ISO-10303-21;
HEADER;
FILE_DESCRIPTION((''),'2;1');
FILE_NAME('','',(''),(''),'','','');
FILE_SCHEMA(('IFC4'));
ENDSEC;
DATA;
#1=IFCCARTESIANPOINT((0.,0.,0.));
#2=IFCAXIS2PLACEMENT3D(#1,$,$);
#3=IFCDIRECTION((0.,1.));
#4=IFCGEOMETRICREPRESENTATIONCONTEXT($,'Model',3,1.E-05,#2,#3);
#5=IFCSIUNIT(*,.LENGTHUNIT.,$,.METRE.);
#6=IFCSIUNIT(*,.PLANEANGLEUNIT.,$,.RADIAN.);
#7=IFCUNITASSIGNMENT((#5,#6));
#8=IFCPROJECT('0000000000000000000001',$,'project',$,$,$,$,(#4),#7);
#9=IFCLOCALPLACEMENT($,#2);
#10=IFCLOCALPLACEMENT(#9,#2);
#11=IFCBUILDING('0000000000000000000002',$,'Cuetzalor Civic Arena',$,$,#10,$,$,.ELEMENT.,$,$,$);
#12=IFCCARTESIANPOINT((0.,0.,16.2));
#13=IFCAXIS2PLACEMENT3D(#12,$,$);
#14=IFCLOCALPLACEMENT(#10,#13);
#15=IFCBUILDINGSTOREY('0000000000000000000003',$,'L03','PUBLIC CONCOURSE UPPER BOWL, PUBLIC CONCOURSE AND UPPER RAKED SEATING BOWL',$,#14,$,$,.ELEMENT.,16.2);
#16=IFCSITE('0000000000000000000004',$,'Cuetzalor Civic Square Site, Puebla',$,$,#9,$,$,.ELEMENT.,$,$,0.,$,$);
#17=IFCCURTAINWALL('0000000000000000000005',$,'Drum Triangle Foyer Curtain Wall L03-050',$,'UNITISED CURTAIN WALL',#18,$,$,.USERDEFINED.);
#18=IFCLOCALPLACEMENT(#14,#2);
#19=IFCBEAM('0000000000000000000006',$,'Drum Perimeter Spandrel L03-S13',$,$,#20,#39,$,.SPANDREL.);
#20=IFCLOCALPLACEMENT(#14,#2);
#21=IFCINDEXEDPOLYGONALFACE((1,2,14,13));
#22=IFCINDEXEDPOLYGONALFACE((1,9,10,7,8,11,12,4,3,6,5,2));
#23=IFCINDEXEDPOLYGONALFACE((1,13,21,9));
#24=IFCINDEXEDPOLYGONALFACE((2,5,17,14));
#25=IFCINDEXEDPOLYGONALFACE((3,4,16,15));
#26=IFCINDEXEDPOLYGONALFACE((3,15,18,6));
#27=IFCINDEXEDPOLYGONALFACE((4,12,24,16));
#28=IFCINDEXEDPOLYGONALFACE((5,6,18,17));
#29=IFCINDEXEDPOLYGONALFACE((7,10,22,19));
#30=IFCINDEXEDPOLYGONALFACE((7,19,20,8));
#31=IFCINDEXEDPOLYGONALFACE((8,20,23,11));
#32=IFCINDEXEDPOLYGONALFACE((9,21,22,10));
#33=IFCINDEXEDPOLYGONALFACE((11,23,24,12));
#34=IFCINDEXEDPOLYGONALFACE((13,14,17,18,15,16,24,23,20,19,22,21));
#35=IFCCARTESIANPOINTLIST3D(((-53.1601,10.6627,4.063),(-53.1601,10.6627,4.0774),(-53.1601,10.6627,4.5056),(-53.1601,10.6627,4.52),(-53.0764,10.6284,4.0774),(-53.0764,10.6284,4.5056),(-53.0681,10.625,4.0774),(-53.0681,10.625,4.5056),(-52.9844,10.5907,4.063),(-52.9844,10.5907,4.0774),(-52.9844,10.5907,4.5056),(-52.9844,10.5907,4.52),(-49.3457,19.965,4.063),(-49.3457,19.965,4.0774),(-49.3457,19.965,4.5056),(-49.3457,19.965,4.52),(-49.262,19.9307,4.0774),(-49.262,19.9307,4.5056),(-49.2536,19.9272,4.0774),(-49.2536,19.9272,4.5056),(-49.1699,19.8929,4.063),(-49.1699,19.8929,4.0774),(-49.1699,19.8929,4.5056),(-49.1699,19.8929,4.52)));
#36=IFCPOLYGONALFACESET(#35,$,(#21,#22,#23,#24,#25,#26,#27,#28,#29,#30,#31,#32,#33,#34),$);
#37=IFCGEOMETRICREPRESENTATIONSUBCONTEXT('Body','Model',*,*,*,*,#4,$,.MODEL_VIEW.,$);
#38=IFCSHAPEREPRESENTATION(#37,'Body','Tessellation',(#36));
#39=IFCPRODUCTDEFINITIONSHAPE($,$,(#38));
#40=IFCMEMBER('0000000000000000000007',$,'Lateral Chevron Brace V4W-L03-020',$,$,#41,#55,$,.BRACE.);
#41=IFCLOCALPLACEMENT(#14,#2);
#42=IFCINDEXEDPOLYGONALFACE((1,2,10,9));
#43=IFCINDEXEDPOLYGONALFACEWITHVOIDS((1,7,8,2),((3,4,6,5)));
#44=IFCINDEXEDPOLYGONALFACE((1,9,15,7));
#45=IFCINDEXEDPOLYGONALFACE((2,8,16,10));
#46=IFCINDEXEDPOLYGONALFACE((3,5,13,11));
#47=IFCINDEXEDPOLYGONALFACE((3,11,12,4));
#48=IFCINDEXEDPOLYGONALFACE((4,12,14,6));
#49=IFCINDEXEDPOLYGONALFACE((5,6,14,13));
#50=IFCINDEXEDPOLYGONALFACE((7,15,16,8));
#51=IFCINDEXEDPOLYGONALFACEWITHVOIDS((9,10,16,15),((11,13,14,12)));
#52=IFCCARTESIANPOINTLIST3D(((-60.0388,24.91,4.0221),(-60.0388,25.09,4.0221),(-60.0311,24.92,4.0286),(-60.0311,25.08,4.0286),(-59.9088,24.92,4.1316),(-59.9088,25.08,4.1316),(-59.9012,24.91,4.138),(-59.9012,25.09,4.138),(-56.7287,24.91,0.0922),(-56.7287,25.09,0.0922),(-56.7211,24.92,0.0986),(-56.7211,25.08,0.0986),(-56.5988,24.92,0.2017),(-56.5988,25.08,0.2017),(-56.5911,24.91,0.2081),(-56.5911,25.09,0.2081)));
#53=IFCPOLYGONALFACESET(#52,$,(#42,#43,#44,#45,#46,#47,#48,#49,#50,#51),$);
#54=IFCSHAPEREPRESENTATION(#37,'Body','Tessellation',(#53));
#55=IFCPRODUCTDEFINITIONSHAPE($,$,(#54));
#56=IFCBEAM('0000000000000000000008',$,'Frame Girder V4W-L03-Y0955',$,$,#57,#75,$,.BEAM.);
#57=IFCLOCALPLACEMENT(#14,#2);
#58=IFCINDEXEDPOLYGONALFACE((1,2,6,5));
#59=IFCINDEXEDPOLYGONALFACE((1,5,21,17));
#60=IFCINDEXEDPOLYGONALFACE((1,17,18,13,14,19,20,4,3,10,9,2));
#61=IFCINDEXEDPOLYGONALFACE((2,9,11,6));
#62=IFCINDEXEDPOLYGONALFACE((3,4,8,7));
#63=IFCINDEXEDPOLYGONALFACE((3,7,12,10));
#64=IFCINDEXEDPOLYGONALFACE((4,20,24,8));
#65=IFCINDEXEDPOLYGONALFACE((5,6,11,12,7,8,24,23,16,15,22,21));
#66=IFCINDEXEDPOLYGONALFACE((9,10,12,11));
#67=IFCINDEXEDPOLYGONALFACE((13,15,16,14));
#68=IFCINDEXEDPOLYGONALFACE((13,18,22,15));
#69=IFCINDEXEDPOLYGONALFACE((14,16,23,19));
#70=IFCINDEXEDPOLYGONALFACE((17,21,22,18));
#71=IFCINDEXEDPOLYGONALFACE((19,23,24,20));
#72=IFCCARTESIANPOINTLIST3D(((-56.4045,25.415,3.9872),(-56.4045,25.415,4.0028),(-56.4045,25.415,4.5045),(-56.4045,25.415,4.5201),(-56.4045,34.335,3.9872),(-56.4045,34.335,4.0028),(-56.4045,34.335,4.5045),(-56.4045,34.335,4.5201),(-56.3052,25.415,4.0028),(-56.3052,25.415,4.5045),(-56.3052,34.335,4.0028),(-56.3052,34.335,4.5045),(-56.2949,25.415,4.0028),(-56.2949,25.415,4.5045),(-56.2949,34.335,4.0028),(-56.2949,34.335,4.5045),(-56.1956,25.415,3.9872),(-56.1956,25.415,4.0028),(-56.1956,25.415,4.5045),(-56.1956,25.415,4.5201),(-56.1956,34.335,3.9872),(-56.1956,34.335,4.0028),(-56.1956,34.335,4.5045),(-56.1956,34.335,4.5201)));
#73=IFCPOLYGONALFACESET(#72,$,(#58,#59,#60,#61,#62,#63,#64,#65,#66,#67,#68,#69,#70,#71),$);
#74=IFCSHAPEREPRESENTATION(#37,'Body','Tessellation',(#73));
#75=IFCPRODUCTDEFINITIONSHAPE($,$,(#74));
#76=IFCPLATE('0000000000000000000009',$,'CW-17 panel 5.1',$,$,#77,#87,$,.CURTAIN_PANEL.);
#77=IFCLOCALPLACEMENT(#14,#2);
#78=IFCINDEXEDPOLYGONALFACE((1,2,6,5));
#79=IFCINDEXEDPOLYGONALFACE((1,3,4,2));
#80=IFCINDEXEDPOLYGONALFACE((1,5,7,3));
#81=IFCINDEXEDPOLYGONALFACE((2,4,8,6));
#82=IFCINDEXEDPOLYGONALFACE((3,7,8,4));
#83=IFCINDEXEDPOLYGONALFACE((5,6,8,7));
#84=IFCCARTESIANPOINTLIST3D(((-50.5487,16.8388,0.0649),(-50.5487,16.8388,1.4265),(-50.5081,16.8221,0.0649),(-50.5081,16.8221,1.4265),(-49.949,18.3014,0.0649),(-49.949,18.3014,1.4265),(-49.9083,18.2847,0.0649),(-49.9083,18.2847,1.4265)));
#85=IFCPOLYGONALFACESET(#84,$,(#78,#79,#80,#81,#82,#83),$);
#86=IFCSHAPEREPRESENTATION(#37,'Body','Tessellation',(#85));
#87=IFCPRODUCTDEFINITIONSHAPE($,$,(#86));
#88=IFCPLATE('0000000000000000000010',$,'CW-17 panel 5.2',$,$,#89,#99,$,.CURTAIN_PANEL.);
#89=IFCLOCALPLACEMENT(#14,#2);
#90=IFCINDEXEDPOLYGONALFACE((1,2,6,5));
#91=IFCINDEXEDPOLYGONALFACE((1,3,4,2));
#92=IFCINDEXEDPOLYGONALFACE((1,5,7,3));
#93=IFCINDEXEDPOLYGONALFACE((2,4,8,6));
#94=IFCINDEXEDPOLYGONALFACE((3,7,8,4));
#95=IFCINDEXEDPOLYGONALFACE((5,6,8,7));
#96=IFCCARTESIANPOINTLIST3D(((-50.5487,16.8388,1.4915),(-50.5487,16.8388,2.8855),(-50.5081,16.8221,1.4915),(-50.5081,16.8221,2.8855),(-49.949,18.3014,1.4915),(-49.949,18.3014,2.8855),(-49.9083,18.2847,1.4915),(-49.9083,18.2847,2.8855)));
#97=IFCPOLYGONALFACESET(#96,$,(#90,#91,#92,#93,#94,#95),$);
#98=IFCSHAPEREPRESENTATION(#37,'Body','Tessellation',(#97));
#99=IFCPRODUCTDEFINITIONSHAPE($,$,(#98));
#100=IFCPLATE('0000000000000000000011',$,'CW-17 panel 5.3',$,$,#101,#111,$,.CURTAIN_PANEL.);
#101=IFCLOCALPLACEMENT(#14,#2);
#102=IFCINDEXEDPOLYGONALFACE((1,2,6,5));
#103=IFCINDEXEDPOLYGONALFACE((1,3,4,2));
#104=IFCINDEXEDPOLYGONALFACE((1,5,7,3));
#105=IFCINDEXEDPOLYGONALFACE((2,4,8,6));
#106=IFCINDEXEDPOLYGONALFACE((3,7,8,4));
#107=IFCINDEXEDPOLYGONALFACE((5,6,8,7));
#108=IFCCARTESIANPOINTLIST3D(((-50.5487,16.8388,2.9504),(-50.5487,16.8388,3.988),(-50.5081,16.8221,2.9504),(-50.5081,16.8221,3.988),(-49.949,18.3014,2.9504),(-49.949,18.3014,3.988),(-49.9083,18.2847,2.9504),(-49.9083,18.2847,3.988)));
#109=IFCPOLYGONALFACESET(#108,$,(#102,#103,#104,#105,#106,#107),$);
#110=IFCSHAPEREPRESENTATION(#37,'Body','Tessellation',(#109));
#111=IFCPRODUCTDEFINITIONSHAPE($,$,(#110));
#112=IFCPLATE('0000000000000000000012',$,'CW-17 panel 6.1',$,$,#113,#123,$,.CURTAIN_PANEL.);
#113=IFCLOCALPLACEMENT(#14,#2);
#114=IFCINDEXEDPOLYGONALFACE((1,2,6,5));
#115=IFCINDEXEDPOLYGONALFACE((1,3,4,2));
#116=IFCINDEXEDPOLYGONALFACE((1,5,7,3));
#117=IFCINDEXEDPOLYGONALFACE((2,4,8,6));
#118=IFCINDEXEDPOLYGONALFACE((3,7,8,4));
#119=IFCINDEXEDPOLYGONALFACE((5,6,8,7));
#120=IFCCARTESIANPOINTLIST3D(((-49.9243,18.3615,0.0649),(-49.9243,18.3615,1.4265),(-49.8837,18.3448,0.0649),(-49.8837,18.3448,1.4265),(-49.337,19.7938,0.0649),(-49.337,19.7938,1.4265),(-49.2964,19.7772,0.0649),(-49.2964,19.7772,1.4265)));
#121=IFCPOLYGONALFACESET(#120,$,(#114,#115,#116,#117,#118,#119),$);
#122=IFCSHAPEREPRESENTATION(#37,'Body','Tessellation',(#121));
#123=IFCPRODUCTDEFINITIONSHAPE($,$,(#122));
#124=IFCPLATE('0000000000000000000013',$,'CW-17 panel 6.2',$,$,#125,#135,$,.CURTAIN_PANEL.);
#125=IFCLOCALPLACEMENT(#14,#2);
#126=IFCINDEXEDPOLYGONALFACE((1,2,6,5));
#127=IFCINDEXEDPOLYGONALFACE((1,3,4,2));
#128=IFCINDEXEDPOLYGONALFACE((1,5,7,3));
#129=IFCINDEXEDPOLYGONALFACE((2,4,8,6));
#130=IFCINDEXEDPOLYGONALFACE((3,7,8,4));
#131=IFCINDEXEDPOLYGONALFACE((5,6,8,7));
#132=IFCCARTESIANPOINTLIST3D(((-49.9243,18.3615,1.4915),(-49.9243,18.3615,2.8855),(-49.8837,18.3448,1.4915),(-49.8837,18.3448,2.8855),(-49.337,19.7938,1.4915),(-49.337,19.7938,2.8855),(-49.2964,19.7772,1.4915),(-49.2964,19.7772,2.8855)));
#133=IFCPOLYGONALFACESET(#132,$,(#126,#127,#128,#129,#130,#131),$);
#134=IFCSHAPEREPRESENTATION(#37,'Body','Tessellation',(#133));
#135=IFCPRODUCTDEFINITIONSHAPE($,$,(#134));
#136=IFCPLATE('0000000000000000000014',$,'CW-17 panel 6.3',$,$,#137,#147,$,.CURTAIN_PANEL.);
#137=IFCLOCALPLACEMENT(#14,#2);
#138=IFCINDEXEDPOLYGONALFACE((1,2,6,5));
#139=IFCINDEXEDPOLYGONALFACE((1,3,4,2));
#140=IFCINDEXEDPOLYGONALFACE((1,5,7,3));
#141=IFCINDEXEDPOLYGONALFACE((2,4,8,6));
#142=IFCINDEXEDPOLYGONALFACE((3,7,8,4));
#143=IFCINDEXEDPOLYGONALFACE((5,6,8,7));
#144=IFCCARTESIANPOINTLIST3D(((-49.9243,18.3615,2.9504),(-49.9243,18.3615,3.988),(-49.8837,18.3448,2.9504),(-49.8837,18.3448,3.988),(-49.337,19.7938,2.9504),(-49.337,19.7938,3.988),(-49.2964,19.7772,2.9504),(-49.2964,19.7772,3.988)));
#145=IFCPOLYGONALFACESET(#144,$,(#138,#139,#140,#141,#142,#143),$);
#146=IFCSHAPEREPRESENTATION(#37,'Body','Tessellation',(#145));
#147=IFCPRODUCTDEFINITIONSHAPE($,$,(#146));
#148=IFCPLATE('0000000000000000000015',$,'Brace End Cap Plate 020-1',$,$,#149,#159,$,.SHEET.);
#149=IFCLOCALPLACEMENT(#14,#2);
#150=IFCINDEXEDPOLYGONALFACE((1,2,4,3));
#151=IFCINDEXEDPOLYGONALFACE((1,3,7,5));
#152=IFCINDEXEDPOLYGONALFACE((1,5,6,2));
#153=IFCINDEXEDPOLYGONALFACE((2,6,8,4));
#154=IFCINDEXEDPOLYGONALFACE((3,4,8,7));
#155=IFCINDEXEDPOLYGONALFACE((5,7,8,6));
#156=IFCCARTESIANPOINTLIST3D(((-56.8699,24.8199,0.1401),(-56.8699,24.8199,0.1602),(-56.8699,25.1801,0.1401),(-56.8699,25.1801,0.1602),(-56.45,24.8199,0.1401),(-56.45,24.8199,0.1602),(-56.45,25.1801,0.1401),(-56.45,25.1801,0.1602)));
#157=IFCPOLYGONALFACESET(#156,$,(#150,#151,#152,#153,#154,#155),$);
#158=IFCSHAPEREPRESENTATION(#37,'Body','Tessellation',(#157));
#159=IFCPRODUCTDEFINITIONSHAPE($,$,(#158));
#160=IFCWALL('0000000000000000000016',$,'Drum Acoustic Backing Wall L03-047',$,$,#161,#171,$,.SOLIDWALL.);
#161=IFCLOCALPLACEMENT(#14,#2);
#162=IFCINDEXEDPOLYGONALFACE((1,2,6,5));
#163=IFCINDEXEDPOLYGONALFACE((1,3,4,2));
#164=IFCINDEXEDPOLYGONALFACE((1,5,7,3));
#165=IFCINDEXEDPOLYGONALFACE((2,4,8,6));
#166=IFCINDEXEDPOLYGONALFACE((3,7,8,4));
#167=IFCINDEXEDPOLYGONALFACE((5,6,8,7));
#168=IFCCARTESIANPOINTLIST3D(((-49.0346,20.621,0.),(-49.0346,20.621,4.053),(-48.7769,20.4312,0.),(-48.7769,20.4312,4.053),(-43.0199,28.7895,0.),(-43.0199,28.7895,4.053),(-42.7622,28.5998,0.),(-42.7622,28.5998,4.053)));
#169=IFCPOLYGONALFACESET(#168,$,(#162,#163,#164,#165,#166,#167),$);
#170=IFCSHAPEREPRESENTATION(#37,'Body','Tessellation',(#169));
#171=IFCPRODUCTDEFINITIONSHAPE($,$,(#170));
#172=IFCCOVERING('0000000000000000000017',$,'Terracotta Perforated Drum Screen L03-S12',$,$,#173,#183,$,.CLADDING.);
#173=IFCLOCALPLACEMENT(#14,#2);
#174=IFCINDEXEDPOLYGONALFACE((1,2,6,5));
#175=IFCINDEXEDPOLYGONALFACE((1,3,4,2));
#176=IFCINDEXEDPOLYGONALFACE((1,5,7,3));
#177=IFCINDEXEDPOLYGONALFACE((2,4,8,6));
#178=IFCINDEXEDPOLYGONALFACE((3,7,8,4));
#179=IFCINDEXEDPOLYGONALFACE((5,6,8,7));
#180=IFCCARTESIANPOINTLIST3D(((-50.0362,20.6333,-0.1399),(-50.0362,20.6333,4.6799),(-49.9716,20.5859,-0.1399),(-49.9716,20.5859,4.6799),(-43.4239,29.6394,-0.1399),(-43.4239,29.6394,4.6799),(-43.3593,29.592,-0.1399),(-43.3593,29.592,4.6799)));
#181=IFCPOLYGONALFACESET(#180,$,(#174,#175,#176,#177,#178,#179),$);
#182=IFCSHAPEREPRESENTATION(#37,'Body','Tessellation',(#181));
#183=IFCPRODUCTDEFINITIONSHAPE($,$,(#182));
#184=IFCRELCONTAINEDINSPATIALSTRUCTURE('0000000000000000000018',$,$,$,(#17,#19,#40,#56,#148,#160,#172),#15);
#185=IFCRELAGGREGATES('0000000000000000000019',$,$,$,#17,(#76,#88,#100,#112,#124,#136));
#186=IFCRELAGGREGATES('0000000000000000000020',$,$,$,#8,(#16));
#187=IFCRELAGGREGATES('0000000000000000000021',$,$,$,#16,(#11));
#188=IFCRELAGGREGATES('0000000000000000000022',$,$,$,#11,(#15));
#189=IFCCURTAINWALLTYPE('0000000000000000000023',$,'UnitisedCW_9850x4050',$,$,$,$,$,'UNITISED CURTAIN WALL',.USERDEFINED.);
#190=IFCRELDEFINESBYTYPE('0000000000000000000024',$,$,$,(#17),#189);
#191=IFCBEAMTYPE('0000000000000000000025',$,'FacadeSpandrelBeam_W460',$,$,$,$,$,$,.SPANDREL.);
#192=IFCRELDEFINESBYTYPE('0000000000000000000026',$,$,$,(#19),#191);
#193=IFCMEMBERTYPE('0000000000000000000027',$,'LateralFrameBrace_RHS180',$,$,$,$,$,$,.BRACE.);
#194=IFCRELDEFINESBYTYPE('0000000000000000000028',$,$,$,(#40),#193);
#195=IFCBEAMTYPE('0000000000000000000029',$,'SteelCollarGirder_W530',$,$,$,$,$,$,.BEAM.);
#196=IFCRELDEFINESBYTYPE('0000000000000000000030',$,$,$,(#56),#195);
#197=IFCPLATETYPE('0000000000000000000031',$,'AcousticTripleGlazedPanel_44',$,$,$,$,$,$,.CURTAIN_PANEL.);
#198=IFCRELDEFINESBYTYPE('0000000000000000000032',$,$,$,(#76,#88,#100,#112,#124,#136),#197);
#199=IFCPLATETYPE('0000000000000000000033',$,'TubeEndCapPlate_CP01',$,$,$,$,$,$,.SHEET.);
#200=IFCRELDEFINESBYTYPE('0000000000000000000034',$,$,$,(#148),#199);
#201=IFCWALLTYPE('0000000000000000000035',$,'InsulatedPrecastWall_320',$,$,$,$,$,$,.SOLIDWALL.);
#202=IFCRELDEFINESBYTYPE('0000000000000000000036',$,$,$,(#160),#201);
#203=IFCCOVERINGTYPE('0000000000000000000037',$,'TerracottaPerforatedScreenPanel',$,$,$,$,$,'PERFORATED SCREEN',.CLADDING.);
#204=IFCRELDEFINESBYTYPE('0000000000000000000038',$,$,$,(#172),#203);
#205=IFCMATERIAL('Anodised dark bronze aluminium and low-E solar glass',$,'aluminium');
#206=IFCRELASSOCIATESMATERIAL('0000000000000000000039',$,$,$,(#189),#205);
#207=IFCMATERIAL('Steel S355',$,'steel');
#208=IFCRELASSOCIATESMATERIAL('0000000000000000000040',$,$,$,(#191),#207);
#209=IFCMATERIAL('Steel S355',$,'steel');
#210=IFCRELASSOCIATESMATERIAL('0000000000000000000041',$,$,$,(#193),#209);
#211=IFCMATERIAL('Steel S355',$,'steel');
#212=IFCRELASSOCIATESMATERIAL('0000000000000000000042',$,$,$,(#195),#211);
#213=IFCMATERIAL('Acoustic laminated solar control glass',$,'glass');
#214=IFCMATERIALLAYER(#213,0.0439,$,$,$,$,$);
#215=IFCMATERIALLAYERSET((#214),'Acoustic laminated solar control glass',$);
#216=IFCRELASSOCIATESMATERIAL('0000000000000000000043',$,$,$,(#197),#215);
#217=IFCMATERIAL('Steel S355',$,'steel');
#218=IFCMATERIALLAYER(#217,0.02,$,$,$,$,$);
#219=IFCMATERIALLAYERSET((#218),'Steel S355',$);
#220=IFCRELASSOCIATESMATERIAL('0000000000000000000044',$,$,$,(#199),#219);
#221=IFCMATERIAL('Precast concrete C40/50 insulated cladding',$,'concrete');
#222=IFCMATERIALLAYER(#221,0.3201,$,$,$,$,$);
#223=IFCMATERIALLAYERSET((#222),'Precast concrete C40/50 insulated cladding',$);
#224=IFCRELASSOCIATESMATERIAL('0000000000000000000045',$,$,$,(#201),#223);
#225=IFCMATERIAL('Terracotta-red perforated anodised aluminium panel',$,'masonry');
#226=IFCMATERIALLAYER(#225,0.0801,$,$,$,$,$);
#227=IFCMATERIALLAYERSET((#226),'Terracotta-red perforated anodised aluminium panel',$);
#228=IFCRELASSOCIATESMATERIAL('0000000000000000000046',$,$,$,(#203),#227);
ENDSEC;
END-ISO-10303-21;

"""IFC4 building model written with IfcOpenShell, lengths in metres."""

from ifc_helpers import new_model, si_unit, direction, frame, frame_2d, origin, origin_2d, place, context, subcontext, project, spatial, rectangle, hollow_rectangle, i_section, extrude, material, layer, layer_set, material_profile, profile_set, type_object, element, aggregate, save


model = new_model("IFC4")

# Units and contexts
model_context = context("Model", 3, precision=1e-05, world=origin(), true_north=direction((0.0, 1.0)))
body_context = subcontext(model_context, "Body", "Model", "MODEL_VIEW")
ifc_project = project(units=[si_unit("LENGTHUNIT", "METRE"), si_unit("PLANEANGLEUNIT", "RADIAN")], contexts=[model_context])

# Site, building, storey
site_placement = place(None, origin())
site = spatial("IfcSite", under=ifc_project, at=site_placement, Name="Cuetzalor Civic Square Site, Puebla", CompositionType="ELEMENT", RefElevation=0.0)
building_placement = place(site_placement, origin())
building = spatial("IfcBuilding", under=site, at=building_placement, Name="Cuetzalor Civic Arena", CompositionType="ELEMENT")
storey_placement = place(building_placement, frame((0.0, 0.0, 16.2)))
storey = spatial("IfcBuildingStorey", under=building, at=storey_placement, Name="L03", Description="PUBLIC CONCOURSE UPPER BOWL, PUBLIC CONCOURSE AND UPPER RAKED SEATING BOWL", CompositionType="ELEMENT", Elevation=16.2)

# Curtain wall
ifc_material_1 = material(Name="Anodised dark bronze aluminium and low-E solar glass", Category="aluminium")
curtain_wall_type = type_object("IfcCurtainWallType", Name="UnitisedCW_9850x4050", ElementType="UNITISED CURTAIN WALL", PredefinedType="USERDEFINED", material=ifc_material_1)
curtain_wall_placement = place(storey_placement, origin())
curtain_wall = element("IfcCurtainWall", 1, at=curtain_wall_placement, inside=storey, type_object=curtain_wall_type, Name="Drum Triangle Foyer Curtain Wall L03-050", ObjectType="UNITISED CURTAIN WALL", PredefinedType="USERDEFINED")

# Beam
ifc_material_2 = material(Name="Steel S355", Category="steel")
ifc_material_profile_1 = material_profile(ifc_material_2, i_section(OverallWidth=0.1899, OverallDepth=0.457, WebThickness=0.009, FlangeThickness=0.0144, at=origin_2d()), Name="W460x74")
ifc_profile_set_1 = profile_set([ifc_material_profile_1], Name="Steel S355")
beam_type_1 = type_object("IfcBeamType", Name="FacadeSpandrelBeam_W460", PredefinedType="SPANDREL", material=ifc_profile_set_1)
beam_1_placement = place(storey_placement, frame((-49.2578, 19.929, 4.2915), z_axis=(-0.379399, -0.925233, 0.0), x_axis=(0.925233, -0.379399, 0.0)))
element("IfcBeam", 2, at=beam_1_placement, inside=storey, type_object=beam_type_1, Name="Drum Perimeter Spandrel L03-S13", PredefinedType="SPANDREL", context=body_context, shape_type="SweptSolid", body=[
    extrude(i_section(OverallWidth=0.1899, OverallDepth=0.457, WebThickness=0.009, FlangeThickness=0.0144, at=origin_2d()), origin(), (0.0, 0.0, 1.0), 10.054),
])

# Member
ifc_material_3 = material(Name="Steel S355", Category="steel")
ifc_material_profile_2 = material_profile(ifc_material_3, hollow_rectangle(XDim=0.1799, YDim=0.1799, WallThickness=0.01, at=origin_2d()), Name="RHS 180x180x10")
ifc_profile_set_2 = profile_set([ifc_material_profile_2], Name="Steel S355")
member_type_1 = type_object("IfcMemberType", Name="LateralFrameBrace_RHS180", PredefinedType="BRACE", material=ifc_profile_set_2)
member_1_placement = place(storey_placement, frame((-56.6599, 25.0, 0.1501), z_axis=(-0.644209, 0.0, 0.76485), x_axis=(0.0, -1.0, 0.0)))
element("IfcMember", 3, at=member_1_placement, inside=storey, type_object=member_type_1, Name="Lateral Chevron Brace V4W-L03-020", PredefinedType="BRACE", context=body_context, shape_type="SweptSolid", body=[
    extrude(hollow_rectangle(XDim=0.1799, YDim=0.1799, WallThickness=0.01, at=origin_2d()), origin(), (0.0, 0.0, 1.0), 5.1382),
])

# Beam
ifc_material_4 = material(Name="Steel S355", Category="steel")
ifc_material_profile_3 = material_profile(ifc_material_4, i_section(OverallWidth=0.209, OverallDepth=0.533, WebThickness=0.0103, FlangeThickness=0.0156, at=origin_2d()), Name="W530x92")
ifc_profile_set_3 = profile_set([ifc_material_profile_3], Name="Steel S355")
beam_type_2 = type_object("IfcBeamType", Name="SteelCollarGirder_W530", PredefinedType="BEAM", material=ifc_profile_set_3)
beam_2_placement = place(storey_placement, frame((-56.3, 25.415, 4.2537), z_axis=(0.0, 1.0, 0.0), x_axis=(-1.0, 0.0, 0.0)))
element("IfcBeam", 4, at=beam_2_placement, inside=storey, type_object=beam_type_2, Name="Frame Girder V4W-L03-Y0955", PredefinedType="BEAM", context=body_context, shape_type="SweptSolid", body=[
    extrude(i_section(OverallWidth=0.209, OverallDepth=0.533, WebThickness=0.0103, FlangeThickness=0.0156, at=origin_2d()), origin(), (0.0, 0.0, 1.0), 8.9199),
])

# Plates
ifc_material_5 = material(Name="Acoustic laminated solar control glass", Category="glass")
ifc_layer_1 = layer(ifc_material_5, 0.0439)
ifc_layer_set_1 = layer_set([ifc_layer_1], Name="Acoustic laminated solar control glass")
plate_type_1 = type_object("IfcPlateType", Name="AcousticTripleGlazedPanel_44", PredefinedType="CURTAIN_PANEL", material=ifc_layer_set_1)
plate_1_placement = place(storey_placement, frame((-50.2285, 17.5618, 0.0649), z_axis=(0.0, 0.0, 1.0), x_axis=(0.379391, 0.925236, 0.0)))
plate_1 = element("IfcPlate", 5, at=plate_1_placement, type_object=plate_type_1, Name="CW-17 panel 5.1", PredefinedType="CURTAIN_PANEL", context=body_context, shape_type="SweptSolid", body=[
    extrude(rectangle(XDim=1.5808, YDim=0.0439, at=origin_2d()), origin(), (0.0, 0.0, 1.0), 1.3616),
])
plate_2_placement = place(storey_placement, frame((-50.2285, 17.5618, 1.4915), z_axis=(0.0, 0.0, 1.0), x_axis=(0.379391, 0.925236, 0.0)))
plate_2 = element("IfcPlate", 6, at=plate_2_placement, type_object=plate_type_1, Name="CW-17 panel 5.2", PredefinedType="CURTAIN_PANEL", context=body_context, shape_type="SweptSolid", body=[
    extrude(rectangle(XDim=1.5808, YDim=0.0439, at=origin_2d()), origin(), (0.0, 0.0, 1.0), 1.394),
])
plate_3_placement = place(storey_placement, frame((-50.2285, 17.5618, 2.9504), z_axis=(0.0, 0.0, 1.0), x_axis=(0.379391, 0.925236, 0.0)))
plate_3 = element("IfcPlate", 7, at=plate_3_placement, type_object=plate_type_1, Name="CW-17 panel 5.3", PredefinedType="CURTAIN_PANEL", context=body_context, shape_type="SweptSolid", body=[
    extrude(rectangle(XDim=1.5808, YDim=0.0439, at=origin_2d()), origin(), (0.0, 0.0, 1.0), 1.0376),
])
plate_4_placement = place(storey_placement, frame((-49.6104, 19.0693, 0.0649), z_axis=(0.0, 0.0, 1.0), x_axis=(0.379391, 0.925236, 0.0)))
plate_4 = element("IfcPlate", 8, at=plate_4_placement, type_object=plate_type_1, Name="CW-17 panel 6.1", PredefinedType="CURTAIN_PANEL", context=body_context, shape_type="SweptSolid", body=[
    extrude(rectangle(XDim=1.5481, YDim=0.0439, at=origin_2d()), origin(), (0.0, 0.0, 1.0), 1.3616),
])
plate_5_placement = place(storey_placement, frame((-49.6104, 19.0693, 1.4915), z_axis=(0.0, 0.0, 1.0), x_axis=(0.379391, 0.925236, 0.0)))
plate_5 = element("IfcPlate", 9, at=plate_5_placement, type_object=plate_type_1, Name="CW-17 panel 6.2", PredefinedType="CURTAIN_PANEL", context=body_context, shape_type="SweptSolid", body=[
    extrude(rectangle(XDim=1.5481, YDim=0.0439, at=origin_2d()), origin(), (0.0, 0.0, 1.0), 1.394),
])
plate_6_placement = place(storey_placement, frame((-49.6104, 19.0693, 2.9504), z_axis=(0.0, 0.0, 1.0), x_axis=(0.379391, 0.925236, 0.0)))
plate_6 = element("IfcPlate", 10, at=plate_6_placement, type_object=plate_type_1, Name="CW-17 panel 6.3", PredefinedType="CURTAIN_PANEL", context=body_context, shape_type="SweptSolid", body=[
    extrude(rectangle(XDim=1.5481, YDim=0.0439, at=origin_2d()), origin(), (0.0, 0.0, 1.0), 1.0376),
])
aggregate(curtain_wall, [plate_1, plate_2, plate_3, plate_4, plate_5, plate_6])
ifc_material_6 = material(Name="Steel S355", Category="steel")
ifc_layer_2 = layer(ifc_material_6, 0.02)
ifc_layer_set_2 = layer_set([ifc_layer_2], Name="Steel S355")
plate_type_2 = type_object("IfcPlateType", Name="TubeEndCapPlate_CP01", PredefinedType="SHEET", material=ifc_layer_set_2)
plate_7_placement = place(storey_placement, frame((-56.6599, 25.0, 0.1401), z_axis=(0.0, 0.0, 1.0), x_axis=(1.0, 0.0, 0.0)))
element("IfcPlate", 11, at=plate_7_placement, inside=storey, type_object=plate_type_2, Name="Brace End Cap Plate 020-1", PredefinedType="SHEET", context=body_context, shape_type="SweptSolid", body=[
    extrude(rectangle(XDim=0.4199, YDim=0.3601, at=origin_2d()), origin(), (0.0, 0.0, 1.0), 0.02),
])

# Wall
ifc_material_7 = material(Name="Precast concrete C40/50 insulated cladding", Category="concrete")
ifc_layer_3 = layer(ifc_material_7, 0.3201)
ifc_layer_set_3 = layer_set([ifc_layer_3], Name="Precast concrete C40/50 insulated cladding")
wall_type = type_object("IfcWallType", Name="InsulatedPrecastWall_320", PredefinedType="SOLIDWALL", material=ifc_layer_set_3)
wall_placement = place(storey_placement, frame((-48.9058, 20.5261, 0.0), z_axis=(0.0, 0.0, 1.0), x_axis=(0.59293, 0.805254, 0.0)))
element("IfcWall", 12, at=wall_placement, inside=storey, type_object=wall_type, Name="Drum Acoustic Backing Wall L03-047", PredefinedType="SOLIDWALL", context=body_context, shape_type="SweptSolid", body=[
    extrude(rectangle(XDim=10.144, YDim=0.3201, at=frame_2d((5.072, 0.0))), origin(), (0.0, 0.0, 1.0), 4.053),
])

# Covering
ifc_material_8 = material(Name="Terracotta-red perforated anodised aluminium panel", Category="masonry")
ifc_layer_4 = layer(ifc_material_8, 0.0801)
ifc_layer_set_4 = layer_set([ifc_layer_4], Name="Terracotta-red perforated anodised aluminium panel")
covering_type = type_object("IfcCoveringType", Name="TerracottaPerforatedScreenPanel", ElementType="PERFORATED SCREEN", PredefinedType="CLADDING", material=ifc_layer_set_4)
covering_placement = place(storey_placement, frame((-50.0039, 20.6096, -0.1399), z_axis=(0.0, 0.0, 1.0), x_axis=(0.591819, 0.806071, 0.0)))
element("IfcCovering", 13, at=covering_placement, inside=storey, type_object=covering_type, Name="Terracotta Perforated Drum Screen L03-S12", PredefinedType="CLADDING", context=body_context, shape_type="SweptSolid", body=[
    extrude(rectangle(XDim=11.1729, YDim=0.0801, at=frame_2d((5.5864, 0.0))), origin(), (0.0, 0.0, 1.0), 4.8198),
])

save(model, "model.ifc")
